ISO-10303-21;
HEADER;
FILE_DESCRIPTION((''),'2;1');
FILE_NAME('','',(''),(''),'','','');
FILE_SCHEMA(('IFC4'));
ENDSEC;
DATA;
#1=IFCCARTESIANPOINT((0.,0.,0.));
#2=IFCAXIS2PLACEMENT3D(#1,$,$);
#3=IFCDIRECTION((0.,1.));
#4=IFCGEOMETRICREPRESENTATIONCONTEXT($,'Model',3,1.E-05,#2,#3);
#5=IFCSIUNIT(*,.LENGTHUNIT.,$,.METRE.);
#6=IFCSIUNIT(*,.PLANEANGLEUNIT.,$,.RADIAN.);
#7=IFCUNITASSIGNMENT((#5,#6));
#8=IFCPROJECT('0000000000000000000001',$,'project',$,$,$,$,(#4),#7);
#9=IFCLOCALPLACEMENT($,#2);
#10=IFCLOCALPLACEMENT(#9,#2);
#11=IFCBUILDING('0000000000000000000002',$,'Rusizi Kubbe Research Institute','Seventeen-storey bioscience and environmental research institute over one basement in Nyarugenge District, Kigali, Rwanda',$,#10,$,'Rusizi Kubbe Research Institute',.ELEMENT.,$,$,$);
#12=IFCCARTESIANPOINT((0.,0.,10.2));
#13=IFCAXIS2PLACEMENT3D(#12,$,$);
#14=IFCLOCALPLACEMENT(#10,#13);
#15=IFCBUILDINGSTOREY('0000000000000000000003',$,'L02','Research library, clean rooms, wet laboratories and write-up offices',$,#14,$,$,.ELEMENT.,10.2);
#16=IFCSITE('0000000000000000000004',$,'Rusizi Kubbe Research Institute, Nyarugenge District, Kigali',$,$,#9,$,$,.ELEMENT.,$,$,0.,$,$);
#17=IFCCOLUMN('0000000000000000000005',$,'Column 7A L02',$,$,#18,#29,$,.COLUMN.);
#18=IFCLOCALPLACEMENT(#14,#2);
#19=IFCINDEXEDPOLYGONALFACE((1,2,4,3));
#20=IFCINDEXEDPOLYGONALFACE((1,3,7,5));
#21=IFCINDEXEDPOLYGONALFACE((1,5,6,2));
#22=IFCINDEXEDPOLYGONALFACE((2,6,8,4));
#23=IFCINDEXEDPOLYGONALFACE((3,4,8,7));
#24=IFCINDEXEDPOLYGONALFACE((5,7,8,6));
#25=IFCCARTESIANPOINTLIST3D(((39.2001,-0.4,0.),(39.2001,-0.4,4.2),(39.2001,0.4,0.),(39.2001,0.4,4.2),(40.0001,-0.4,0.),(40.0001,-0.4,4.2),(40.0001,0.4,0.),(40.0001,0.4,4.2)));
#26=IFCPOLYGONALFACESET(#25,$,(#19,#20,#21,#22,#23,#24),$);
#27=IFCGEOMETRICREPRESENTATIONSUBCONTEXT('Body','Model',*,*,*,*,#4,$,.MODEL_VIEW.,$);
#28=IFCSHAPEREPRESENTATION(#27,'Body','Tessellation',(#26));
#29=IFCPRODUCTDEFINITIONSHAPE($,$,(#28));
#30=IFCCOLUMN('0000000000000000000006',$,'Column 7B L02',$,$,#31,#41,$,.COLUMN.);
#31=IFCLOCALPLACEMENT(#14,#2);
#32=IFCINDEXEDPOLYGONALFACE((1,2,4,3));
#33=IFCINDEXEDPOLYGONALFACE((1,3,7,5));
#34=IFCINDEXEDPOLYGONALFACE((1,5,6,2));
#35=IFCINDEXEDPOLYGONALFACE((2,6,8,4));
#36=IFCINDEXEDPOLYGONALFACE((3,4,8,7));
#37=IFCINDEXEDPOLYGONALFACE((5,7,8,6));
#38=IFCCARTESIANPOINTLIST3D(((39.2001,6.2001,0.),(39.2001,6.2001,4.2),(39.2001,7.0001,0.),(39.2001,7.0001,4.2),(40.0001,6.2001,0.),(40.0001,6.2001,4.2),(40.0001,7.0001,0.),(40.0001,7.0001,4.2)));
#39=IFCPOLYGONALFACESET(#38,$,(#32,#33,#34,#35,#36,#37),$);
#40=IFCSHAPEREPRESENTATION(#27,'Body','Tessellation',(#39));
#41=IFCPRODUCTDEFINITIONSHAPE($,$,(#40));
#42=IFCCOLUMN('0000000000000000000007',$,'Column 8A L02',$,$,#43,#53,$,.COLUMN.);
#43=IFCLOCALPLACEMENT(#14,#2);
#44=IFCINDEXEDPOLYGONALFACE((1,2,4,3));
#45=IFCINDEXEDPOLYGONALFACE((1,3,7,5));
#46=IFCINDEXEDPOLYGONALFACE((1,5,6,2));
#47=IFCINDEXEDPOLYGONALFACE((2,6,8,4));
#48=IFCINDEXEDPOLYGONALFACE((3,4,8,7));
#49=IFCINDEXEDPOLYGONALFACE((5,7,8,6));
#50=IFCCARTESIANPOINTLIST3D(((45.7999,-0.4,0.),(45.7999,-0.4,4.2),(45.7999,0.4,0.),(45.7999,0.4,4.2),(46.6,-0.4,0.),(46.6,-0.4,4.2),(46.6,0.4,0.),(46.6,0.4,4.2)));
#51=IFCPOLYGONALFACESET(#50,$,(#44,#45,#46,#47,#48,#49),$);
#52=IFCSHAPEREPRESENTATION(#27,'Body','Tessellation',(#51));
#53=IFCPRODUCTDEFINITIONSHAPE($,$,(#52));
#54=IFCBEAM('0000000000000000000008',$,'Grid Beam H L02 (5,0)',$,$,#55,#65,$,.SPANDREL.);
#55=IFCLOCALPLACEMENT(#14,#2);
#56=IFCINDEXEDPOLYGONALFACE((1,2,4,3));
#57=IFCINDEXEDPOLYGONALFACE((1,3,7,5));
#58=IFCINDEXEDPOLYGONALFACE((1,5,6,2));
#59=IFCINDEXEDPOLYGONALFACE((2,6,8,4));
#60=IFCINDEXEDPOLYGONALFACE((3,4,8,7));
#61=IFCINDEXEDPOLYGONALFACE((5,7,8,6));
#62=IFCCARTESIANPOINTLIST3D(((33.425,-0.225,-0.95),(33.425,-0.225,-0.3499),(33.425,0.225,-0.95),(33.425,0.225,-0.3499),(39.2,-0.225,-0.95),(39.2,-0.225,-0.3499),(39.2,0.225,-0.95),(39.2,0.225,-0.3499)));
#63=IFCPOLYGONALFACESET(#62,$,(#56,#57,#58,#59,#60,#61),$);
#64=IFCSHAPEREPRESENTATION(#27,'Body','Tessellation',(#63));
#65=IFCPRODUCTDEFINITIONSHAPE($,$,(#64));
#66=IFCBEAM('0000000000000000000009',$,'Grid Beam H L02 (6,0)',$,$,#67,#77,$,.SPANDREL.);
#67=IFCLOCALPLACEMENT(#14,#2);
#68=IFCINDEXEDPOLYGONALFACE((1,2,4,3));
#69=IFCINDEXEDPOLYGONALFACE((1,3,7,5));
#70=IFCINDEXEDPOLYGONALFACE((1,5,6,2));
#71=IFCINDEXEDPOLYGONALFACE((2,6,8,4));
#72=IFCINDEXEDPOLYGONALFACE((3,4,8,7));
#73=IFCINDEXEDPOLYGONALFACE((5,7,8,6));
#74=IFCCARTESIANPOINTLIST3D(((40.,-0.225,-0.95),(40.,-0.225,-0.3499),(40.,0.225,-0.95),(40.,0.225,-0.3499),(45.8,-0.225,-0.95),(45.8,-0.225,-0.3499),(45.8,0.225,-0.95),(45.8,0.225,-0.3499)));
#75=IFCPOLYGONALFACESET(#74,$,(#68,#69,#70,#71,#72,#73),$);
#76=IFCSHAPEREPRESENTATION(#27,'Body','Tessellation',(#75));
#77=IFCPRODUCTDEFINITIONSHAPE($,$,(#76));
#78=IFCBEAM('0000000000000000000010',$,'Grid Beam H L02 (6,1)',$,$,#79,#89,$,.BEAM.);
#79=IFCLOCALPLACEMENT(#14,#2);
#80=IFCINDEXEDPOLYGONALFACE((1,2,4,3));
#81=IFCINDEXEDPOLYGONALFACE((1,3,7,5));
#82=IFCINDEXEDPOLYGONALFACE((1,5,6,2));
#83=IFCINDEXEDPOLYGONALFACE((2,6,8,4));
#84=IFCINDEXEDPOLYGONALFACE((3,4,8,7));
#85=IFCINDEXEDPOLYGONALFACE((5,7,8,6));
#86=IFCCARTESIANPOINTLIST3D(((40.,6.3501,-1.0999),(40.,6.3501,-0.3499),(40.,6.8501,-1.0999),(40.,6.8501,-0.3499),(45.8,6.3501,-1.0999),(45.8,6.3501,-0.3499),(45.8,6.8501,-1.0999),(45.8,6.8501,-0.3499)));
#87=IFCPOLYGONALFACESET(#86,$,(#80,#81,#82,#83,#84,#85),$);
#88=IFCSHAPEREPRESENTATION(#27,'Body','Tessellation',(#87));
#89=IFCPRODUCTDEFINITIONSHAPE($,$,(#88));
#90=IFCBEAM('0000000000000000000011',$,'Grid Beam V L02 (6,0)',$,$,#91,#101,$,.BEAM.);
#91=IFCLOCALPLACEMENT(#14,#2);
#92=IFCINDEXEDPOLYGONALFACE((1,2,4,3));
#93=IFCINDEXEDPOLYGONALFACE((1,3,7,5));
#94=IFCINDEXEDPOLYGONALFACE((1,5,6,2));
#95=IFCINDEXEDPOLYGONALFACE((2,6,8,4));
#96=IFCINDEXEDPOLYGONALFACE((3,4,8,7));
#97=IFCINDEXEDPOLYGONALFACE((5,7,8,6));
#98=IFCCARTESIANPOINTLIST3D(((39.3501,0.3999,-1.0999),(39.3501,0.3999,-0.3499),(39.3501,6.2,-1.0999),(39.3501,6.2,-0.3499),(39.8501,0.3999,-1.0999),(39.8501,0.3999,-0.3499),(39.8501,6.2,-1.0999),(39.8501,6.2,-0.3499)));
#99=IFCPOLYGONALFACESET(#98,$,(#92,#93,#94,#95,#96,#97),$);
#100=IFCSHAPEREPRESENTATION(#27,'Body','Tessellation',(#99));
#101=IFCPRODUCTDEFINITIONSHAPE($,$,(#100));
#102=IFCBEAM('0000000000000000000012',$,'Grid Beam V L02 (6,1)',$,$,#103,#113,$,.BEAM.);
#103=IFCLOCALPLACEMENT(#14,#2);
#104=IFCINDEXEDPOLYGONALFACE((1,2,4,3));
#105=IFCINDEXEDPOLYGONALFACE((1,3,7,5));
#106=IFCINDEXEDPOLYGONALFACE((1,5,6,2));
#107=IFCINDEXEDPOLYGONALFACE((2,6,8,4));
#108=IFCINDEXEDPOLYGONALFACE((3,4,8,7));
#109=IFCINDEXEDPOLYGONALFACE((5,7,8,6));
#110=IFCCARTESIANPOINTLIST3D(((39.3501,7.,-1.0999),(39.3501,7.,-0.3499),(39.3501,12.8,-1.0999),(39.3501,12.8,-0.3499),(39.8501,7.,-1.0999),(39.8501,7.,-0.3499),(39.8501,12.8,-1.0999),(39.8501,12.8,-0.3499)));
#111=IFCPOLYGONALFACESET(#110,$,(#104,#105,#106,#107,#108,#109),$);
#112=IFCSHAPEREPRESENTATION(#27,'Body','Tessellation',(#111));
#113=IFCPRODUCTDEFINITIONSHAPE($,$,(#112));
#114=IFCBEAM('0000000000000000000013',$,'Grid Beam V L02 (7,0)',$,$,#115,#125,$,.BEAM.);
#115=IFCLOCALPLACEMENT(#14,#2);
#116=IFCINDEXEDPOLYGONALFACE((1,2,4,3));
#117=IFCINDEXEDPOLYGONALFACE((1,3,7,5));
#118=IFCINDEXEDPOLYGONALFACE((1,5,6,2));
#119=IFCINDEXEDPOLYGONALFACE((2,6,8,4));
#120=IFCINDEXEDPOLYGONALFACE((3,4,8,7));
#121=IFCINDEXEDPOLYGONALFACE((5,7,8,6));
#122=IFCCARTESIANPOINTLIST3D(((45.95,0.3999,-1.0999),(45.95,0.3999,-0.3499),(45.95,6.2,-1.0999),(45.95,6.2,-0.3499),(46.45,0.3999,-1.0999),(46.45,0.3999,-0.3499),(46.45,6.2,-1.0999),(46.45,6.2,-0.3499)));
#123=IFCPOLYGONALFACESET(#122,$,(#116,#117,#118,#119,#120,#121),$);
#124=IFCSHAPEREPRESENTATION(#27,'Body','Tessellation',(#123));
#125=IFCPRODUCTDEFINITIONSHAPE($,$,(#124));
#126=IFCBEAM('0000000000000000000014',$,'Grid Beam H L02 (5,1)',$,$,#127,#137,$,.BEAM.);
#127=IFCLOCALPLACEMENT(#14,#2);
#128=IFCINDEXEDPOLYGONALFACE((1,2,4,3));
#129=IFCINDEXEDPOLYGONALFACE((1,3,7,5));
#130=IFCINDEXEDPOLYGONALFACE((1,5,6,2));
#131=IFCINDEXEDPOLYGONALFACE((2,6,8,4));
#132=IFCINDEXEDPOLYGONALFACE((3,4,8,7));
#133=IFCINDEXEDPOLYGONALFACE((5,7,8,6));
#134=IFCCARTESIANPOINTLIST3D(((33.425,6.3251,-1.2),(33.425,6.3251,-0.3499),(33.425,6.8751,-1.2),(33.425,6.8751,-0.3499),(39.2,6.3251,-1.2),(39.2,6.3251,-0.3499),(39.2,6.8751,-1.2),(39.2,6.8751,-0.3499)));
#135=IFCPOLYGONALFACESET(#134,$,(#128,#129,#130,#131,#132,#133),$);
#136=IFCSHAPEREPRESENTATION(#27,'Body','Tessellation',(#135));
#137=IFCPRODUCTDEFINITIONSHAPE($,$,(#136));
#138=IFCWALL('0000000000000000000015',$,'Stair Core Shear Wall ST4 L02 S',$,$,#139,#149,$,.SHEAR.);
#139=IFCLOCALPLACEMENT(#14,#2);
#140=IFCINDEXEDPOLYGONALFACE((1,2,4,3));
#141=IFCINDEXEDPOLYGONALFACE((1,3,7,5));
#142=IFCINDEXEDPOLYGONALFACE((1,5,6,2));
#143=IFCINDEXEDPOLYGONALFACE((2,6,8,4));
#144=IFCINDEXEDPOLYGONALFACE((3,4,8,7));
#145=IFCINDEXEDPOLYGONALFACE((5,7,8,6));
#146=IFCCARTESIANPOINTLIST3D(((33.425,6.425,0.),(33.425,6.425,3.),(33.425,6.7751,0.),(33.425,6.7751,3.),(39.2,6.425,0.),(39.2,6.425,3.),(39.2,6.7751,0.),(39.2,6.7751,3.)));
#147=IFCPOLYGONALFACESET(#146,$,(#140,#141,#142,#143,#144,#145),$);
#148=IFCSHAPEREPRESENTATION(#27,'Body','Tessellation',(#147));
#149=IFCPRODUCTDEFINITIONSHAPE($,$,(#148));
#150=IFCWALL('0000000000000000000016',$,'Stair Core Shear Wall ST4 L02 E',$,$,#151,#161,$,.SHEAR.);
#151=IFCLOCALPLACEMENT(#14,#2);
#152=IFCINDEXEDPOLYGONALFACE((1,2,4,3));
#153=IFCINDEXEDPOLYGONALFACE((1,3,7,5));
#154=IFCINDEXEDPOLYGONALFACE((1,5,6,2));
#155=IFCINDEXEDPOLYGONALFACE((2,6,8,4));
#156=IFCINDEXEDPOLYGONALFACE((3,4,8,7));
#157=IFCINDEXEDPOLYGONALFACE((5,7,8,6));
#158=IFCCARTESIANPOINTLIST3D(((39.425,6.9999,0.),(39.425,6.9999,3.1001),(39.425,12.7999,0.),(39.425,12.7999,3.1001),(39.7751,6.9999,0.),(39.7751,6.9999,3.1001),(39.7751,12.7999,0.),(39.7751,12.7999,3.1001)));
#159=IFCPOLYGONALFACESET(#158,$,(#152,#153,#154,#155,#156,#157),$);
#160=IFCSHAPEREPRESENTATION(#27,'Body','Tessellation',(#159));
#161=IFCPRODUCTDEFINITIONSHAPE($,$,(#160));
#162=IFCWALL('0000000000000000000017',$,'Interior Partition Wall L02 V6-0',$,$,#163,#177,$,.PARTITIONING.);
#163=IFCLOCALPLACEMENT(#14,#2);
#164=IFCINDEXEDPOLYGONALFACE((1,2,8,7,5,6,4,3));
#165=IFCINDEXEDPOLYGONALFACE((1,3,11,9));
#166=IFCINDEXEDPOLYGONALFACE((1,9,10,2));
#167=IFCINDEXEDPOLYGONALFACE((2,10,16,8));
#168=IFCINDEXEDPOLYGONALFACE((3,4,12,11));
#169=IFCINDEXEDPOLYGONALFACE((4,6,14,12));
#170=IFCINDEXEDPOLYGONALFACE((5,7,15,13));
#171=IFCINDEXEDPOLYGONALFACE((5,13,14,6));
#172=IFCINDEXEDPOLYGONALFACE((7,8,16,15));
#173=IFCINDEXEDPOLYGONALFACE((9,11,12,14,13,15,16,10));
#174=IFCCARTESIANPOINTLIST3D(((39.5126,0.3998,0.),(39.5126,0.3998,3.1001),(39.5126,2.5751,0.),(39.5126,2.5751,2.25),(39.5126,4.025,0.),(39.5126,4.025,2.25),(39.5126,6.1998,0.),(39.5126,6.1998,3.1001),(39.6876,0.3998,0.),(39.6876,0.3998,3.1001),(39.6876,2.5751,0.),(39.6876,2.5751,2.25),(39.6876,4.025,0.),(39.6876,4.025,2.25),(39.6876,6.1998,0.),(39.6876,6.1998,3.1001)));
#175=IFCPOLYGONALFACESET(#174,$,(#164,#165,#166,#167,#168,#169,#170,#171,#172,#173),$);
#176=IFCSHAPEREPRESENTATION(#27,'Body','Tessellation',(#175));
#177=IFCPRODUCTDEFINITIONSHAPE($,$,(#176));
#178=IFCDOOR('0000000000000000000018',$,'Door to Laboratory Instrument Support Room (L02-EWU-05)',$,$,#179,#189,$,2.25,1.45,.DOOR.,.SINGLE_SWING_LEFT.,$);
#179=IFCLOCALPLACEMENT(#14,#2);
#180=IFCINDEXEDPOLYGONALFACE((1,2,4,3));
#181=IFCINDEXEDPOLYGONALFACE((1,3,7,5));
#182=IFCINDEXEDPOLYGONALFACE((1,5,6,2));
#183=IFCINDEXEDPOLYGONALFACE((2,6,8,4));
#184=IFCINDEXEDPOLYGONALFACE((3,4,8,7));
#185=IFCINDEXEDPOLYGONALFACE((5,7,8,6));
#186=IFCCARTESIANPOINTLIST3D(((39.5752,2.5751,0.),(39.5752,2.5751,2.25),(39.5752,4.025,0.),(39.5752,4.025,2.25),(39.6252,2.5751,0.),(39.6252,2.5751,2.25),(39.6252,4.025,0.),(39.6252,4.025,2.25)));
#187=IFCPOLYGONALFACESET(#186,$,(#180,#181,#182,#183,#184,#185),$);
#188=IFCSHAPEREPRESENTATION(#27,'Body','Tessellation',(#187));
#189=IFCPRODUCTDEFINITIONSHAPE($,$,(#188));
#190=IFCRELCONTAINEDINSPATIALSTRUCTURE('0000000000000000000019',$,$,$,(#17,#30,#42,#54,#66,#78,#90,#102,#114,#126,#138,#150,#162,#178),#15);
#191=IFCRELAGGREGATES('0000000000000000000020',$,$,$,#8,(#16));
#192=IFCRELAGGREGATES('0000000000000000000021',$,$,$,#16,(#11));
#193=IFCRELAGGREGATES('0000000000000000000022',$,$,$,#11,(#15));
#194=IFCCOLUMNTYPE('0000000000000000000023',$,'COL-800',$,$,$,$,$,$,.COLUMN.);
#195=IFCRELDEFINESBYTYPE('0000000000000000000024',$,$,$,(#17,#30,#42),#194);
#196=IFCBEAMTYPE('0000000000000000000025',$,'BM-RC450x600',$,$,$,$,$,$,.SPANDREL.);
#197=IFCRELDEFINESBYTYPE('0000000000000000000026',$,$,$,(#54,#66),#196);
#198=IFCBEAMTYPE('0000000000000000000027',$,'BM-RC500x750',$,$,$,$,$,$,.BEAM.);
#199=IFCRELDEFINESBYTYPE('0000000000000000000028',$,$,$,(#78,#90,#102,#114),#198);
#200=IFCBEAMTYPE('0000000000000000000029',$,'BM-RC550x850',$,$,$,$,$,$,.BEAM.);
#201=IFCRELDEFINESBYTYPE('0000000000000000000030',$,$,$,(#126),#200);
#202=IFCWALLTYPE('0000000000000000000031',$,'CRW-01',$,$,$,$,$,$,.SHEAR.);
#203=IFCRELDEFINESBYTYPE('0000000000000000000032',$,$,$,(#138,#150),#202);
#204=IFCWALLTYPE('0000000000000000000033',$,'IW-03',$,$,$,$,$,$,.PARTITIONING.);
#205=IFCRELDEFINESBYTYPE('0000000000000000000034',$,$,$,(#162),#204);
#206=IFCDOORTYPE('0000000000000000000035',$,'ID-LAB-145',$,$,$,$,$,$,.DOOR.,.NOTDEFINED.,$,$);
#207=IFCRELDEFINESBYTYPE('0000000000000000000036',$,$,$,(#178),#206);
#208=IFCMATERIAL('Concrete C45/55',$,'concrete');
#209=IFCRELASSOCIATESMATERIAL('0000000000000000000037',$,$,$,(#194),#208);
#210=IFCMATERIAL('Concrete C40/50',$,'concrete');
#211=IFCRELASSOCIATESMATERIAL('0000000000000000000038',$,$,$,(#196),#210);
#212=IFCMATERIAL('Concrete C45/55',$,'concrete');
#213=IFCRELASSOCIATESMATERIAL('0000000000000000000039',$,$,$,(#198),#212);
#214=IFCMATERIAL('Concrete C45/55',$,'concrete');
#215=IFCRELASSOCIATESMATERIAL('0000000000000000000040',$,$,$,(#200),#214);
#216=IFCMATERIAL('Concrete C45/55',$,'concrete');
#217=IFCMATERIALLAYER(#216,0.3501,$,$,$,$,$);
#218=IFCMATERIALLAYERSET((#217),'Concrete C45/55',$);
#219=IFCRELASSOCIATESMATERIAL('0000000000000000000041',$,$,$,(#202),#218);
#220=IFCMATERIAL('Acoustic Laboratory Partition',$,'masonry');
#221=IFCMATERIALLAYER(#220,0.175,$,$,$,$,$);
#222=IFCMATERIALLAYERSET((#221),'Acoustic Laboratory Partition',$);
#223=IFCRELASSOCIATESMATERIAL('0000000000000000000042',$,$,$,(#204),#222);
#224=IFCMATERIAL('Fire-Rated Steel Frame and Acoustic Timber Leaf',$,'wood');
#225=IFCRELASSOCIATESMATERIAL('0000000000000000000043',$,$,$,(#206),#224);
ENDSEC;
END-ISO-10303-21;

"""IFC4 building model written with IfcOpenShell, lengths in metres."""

from ifc_helpers import new_model, si_unit, direction, frame, frame_2d, origin, origin_2d, place, context, subcontext, project, spatial, rectangle, extrude, material, layer, layer_set, material_profile, profile_set, type_object, element, fill, save


model = new_model("IFC4")

# Units and contexts
model_context = context("Model", 3, precision=1e-05, world=origin(), true_north=direction((0.0, 1.0)))
body_context = subcontext(model_context, "Body", "Model", "MODEL_VIEW")
ifc_project = project(units=[si_unit("LENGTHUNIT", "METRE"), si_unit("PLANEANGLEUNIT", "RADIAN")], contexts=[model_context])

# Site, building, storey
site_placement = place(None, origin())
site = spatial("IfcSite", under=ifc_project, at=site_placement, Name="Rusizi Kubbe Research Institute, Nyarugenge District, Kigali", CompositionType="ELEMENT", RefElevation=0.0)
building_placement = place(site_placement, origin())
building = spatial("IfcBuilding", under=site, at=building_placement, Name="Rusizi Kubbe Research Institute", Description="Seventeen-storey bioscience and environmental research institute over one basement in Nyarugenge District, Kigali, Rwanda", LongName="Rusizi Kubbe Research Institute", CompositionType="ELEMENT")
storey_placement = place(building_placement, frame((0.0, 0.0, 10.2)))
storey = spatial("IfcBuildingStorey", under=building, at=storey_placement, Name="L02", Description="Research library, clean rooms, wet laboratories and write-up offices", CompositionType="ELEMENT", Elevation=10.2)

# Columns
ifc_material_1 = material(Name="Concrete C45/55", Category="concrete")
ifc_material_profile_1 = material_profile(ifc_material_1, rectangle(XDim=0.8, YDim=0.8, at=origin_2d()), Name="RC800x800")
ifc_profile_set_1 = profile_set([ifc_material_profile_1], Name="Concrete C45/55")
column_type = type_object("IfcColumnType", Name="COL-800", PredefinedType="COLUMN", material=ifc_profile_set_1)
for number, where, z_axis, x_axis, name in (
    (1, (39.6001, 0.0, 0.0), (0.0, 0.0, 1.0), (1.0, 0.0, 0.0), "Column 7A L02"),
    (2, (39.6001, 6.6001, 0.0), (0.0, 0.0, 1.0), (1.0, 0.0, 0.0), "Column 7B L02"),
    (3, (46.2, 0.0, 0.0), (0.0, 0.0, 1.0), (1.0, 0.0, 0.0), "Column 8A L02"),
):
    element("IfcColumn", number, at=place(storey_placement, frame(where, z_axis=z_axis, x_axis=x_axis)), inside=storey, type_object=column_type, Name=name, PredefinedType="COLUMN", context=body_context, shape_type="SweptSolid", body=[
        extrude(rectangle(XDim=0.8, YDim=0.8, at=origin_2d()), origin(), (0.0, 0.0, 1.0), 4.2),
    ])

# Beams
ifc_material_2 = material(Name="Concrete C40/50", Category="concrete")
ifc_material_profile_2 = material_profile(ifc_material_2, rectangle(XDim=0.45, YDim=0.6001, at=origin_2d()), Name="RC450x600")
ifc_profile_set_2 = profile_set([ifc_material_profile_2], Name="Concrete C40/50")
beam_type_1 = type_object("IfcBeamType", Name="BM-RC450x600", PredefinedType="SPANDREL", material=ifc_profile_set_2)
beam_1_placement = place(storey_placement, frame((33.425, 0.0, -0.6499), z_axis=(1.0, 0.0, 0.0), x_axis=(0.0, 1.0, 0.0)))
element("IfcBeam", 4, at=beam_1_placement, inside=storey, type_object=beam_type_1, Name="Grid Beam H L02 (5,0)", PredefinedType="SPANDREL", context=body_context, shape_type="SweptSolid", body=[
    extrude(rectangle(XDim=0.45, YDim=0.6001, at=origin_2d()), origin(), (0.0, 0.0, 1.0), 5.7749),
])
beam_2_placement = place(storey_placement, frame((40.0, 0.0, -0.6499), z_axis=(1.0, 0.0, 0.0), x_axis=(0.0, 1.0, 0.0)))
element("IfcBeam", 5, at=beam_2_placement, inside=storey, type_object=beam_type_1, Name="Grid Beam H L02 (6,0)", PredefinedType="SPANDREL", context=body_context, shape_type="SweptSolid", body=[
    extrude(rectangle(XDim=0.45, YDim=0.6001, at=origin_2d()), origin(), (0.0, 0.0, 1.0), 5.8),
])
ifc_material_3 = material(Name="Concrete C45/55", Category="concrete")
ifc_material_profile_3 = material_profile(ifc_material_3, rectangle(XDim=0.5, YDim=0.75, at=origin_2d()), Name="RC500x750B")
ifc_profile_set_3 = profile_set([ifc_material_profile_3], Name="Concrete C45/55")
beam_type_2 = type_object("IfcBeamType", Name="BM-RC500x750", PredefinedType="BEAM", material=ifc_profile_set_3)
for number, where, z_axis, x_axis, name in (
    (6, (40.0, 6.6001, -0.7249), (1.0, 0.0, 0.0), (0.0, 1.0, 0.0), "Grid Beam H L02 (6,1)"),
    (7, (39.6001, 0.3999, -0.7249), (0.0, 1.0, 0.0), (-1.0, 0.0, 0.0), "Grid Beam V L02 (6,0)"),
    (8, (39.6001, 7.0, -0.7249), (0.0, 1.0, 0.0), (-1.0, 0.0, 0.0), "Grid Beam V L02 (6,1)"),
    (9, (46.2, 0.3999, -0.7249), (0.0, 1.0, 0.0), (-1.0, 0.0, 0.0), "Grid Beam V L02 (7,0)"),
):
    element("IfcBeam", number, at=place(storey_placement, frame(where, z_axis=z_axis, x_axis=x_axis)), inside=storey, type_object=beam_type_2, Name=name, PredefinedType="BEAM", context=body_context, shape_type="SweptSolid", body=[
        extrude(rectangle(XDim=0.5, YDim=0.75, at=origin_2d()), origin(), (0.0, 0.0, 1.0), 5.8),
    ])
ifc_material_4 = material(Name="Concrete C45/55", Category="concrete")
ifc_material_profile_4 = material_profile(ifc_material_4, rectangle(XDim=0.55, YDim=0.8501, at=origin_2d()), Name="RC550x850")
ifc_profile_set_4 = profile_set([ifc_material_profile_4], Name="Concrete C45/55")
beam_type_3 = type_object("IfcBeamType", Name="BM-RC550x850", PredefinedType="BEAM", material=ifc_profile_set_4)
beam_3_placement = place(storey_placement, frame((33.425, 6.6001, -0.7749), z_axis=(1.0, 0.0, 0.0), x_axis=(0.0, 1.0, 0.0)))
element("IfcBeam", 10, at=beam_3_placement, inside=storey, type_object=beam_type_3, Name="Grid Beam H L02 (5,1)", PredefinedType="BEAM", context=body_context, shape_type="SweptSolid", body=[
    extrude(rectangle(XDim=0.55, YDim=0.8501, at=origin_2d()), origin(), (0.0, 0.0, 1.0), 5.7749),
])

# Walls
ifc_material_5 = material(Name="Concrete C45/55", Category="concrete")
ifc_layer_1 = layer(ifc_material_5, 0.3501)
ifc_layer_set_1 = layer_set([ifc_layer_1], Name="Concrete C45/55")
wall_type_1 = type_object("IfcWallType", Name="CRW-01", PredefinedType="SHEAR", material=ifc_layer_set_1)
wall_1_placement = place(storey_placement, frame((33.425, 6.6001, 0.0), z_axis=(0.0, 0.0, 1.0), x_axis=(1.0, 0.0, 0.0)))
element("IfcWall", 11, at=wall_1_placement, inside=storey, type_object=wall_type_1, Name="Stair Core Shear Wall ST4 L02 S", PredefinedType="SHEAR", context=body_context, shape_type="SweptSolid", body=[
    extrude(rectangle(XDim=5.7749, YDim=0.3501, at=frame_2d((2.8875, 0.0))), origin(), (0.0, 0.0, 1.0), 3.0),
])
wall_2_placement = place(storey_placement, frame((39.6001, 7.0, 0.0), z_axis=(0.0, 0.0, 1.0), x_axis=(0.0, 1.0, 0.0)))
element("IfcWall", 12, at=wall_2_placement, inside=storey, type_object=wall_type_1, Name="Stair Core Shear Wall ST4 L02 E", PredefinedType="SHEAR", context=body_context, shape_type="SweptSolid", body=[
    extrude(rectangle(XDim=5.8, YDim=0.3501, at=frame_2d((2.8999, 0.0))), origin(), (0.0, 0.0, 1.0), 3.1001),
])

# Wall, opening, door
ifc_material_6 = material(Name="Acoustic Laboratory Partition", Category="masonry")
ifc_layer_2 = layer(ifc_material_6, 0.175)
ifc_layer_set_2 = layer_set([ifc_layer_2], Name="Acoustic Laboratory Partition")
wall_type_2 = type_object("IfcWallType", Name="IW-03", PredefinedType="PARTITIONING", material=ifc_layer_set_2)
wall_3_placement = place(storey_placement, frame((39.6001, 0.3999, 0.0), z_axis=(0.0, 0.0, 1.0), x_axis=(0.0, 1.0, 0.0)))
wall_3 = element("IfcWall", 13, at=wall_3_placement, inside=storey, type_object=wall_type_2, Name="Interior Partition Wall L02 V6-0", PredefinedType="PARTITIONING", context=body_context, shape_type="SweptSolid", body=[
    extrude(rectangle(XDim=5.8, YDim=0.175, at=frame_2d((2.8999, 0.0))), origin(), (0.0, 0.0, 1.0), 3.1001),
])
opening_placement = place(wall_3_placement, frame((2.175, 0.0, 0.0)))
opening = element("IfcOpeningElement", 14, at=opening_placement, cuts=wall_3, PredefinedType="OPENING", context=body_context, shape_type="SweptSolid", body=[
    extrude(rectangle(XDim=1.45, YDim=2.25, at=frame_2d((0.7251, 1.125))), frame((0.0, 0.0974, 0.0), z_axis=(0.0, -1.0, 0.0), x_axis=(1.0, 0.0, 0.0)), (0.0, 0.0, 1.0), 0.1951),
])
ifc_material_7 = material(Name="Fire-Rated Steel Frame and Acoustic Timber Leaf", Category="wood")
door_type = type_object("IfcDoorType", Name="ID-LAB-145", OperationType="NOTDEFINED", PredefinedType="DOOR", material=ifc_material_7)
door_placement = place(opening_placement, origin())
door = element("IfcDoor", 15, at=door_placement, inside=storey, type_object=door_type, Name="Door to Laboratory Instrument Support Room (L02-EWU-05)", OperationType="SINGLE_SWING_LEFT", OverallHeight=2.25, OverallWidth=1.45, PredefinedType="DOOR", context=body_context, shape_type="SweptSolid", body=[
    extrude(rectangle(XDim=1.45, YDim=2.25, at=frame_2d((0.7251, 1.125))), frame((0.0, 0.0249, 0.0), z_axis=(0.0, -1.0, 0.0), x_axis=(1.0, 0.0, 0.0)), (0.0, 0.0, 1.0), 0.05),
])
fill(opening, door)

save(model, "model.ifc")
